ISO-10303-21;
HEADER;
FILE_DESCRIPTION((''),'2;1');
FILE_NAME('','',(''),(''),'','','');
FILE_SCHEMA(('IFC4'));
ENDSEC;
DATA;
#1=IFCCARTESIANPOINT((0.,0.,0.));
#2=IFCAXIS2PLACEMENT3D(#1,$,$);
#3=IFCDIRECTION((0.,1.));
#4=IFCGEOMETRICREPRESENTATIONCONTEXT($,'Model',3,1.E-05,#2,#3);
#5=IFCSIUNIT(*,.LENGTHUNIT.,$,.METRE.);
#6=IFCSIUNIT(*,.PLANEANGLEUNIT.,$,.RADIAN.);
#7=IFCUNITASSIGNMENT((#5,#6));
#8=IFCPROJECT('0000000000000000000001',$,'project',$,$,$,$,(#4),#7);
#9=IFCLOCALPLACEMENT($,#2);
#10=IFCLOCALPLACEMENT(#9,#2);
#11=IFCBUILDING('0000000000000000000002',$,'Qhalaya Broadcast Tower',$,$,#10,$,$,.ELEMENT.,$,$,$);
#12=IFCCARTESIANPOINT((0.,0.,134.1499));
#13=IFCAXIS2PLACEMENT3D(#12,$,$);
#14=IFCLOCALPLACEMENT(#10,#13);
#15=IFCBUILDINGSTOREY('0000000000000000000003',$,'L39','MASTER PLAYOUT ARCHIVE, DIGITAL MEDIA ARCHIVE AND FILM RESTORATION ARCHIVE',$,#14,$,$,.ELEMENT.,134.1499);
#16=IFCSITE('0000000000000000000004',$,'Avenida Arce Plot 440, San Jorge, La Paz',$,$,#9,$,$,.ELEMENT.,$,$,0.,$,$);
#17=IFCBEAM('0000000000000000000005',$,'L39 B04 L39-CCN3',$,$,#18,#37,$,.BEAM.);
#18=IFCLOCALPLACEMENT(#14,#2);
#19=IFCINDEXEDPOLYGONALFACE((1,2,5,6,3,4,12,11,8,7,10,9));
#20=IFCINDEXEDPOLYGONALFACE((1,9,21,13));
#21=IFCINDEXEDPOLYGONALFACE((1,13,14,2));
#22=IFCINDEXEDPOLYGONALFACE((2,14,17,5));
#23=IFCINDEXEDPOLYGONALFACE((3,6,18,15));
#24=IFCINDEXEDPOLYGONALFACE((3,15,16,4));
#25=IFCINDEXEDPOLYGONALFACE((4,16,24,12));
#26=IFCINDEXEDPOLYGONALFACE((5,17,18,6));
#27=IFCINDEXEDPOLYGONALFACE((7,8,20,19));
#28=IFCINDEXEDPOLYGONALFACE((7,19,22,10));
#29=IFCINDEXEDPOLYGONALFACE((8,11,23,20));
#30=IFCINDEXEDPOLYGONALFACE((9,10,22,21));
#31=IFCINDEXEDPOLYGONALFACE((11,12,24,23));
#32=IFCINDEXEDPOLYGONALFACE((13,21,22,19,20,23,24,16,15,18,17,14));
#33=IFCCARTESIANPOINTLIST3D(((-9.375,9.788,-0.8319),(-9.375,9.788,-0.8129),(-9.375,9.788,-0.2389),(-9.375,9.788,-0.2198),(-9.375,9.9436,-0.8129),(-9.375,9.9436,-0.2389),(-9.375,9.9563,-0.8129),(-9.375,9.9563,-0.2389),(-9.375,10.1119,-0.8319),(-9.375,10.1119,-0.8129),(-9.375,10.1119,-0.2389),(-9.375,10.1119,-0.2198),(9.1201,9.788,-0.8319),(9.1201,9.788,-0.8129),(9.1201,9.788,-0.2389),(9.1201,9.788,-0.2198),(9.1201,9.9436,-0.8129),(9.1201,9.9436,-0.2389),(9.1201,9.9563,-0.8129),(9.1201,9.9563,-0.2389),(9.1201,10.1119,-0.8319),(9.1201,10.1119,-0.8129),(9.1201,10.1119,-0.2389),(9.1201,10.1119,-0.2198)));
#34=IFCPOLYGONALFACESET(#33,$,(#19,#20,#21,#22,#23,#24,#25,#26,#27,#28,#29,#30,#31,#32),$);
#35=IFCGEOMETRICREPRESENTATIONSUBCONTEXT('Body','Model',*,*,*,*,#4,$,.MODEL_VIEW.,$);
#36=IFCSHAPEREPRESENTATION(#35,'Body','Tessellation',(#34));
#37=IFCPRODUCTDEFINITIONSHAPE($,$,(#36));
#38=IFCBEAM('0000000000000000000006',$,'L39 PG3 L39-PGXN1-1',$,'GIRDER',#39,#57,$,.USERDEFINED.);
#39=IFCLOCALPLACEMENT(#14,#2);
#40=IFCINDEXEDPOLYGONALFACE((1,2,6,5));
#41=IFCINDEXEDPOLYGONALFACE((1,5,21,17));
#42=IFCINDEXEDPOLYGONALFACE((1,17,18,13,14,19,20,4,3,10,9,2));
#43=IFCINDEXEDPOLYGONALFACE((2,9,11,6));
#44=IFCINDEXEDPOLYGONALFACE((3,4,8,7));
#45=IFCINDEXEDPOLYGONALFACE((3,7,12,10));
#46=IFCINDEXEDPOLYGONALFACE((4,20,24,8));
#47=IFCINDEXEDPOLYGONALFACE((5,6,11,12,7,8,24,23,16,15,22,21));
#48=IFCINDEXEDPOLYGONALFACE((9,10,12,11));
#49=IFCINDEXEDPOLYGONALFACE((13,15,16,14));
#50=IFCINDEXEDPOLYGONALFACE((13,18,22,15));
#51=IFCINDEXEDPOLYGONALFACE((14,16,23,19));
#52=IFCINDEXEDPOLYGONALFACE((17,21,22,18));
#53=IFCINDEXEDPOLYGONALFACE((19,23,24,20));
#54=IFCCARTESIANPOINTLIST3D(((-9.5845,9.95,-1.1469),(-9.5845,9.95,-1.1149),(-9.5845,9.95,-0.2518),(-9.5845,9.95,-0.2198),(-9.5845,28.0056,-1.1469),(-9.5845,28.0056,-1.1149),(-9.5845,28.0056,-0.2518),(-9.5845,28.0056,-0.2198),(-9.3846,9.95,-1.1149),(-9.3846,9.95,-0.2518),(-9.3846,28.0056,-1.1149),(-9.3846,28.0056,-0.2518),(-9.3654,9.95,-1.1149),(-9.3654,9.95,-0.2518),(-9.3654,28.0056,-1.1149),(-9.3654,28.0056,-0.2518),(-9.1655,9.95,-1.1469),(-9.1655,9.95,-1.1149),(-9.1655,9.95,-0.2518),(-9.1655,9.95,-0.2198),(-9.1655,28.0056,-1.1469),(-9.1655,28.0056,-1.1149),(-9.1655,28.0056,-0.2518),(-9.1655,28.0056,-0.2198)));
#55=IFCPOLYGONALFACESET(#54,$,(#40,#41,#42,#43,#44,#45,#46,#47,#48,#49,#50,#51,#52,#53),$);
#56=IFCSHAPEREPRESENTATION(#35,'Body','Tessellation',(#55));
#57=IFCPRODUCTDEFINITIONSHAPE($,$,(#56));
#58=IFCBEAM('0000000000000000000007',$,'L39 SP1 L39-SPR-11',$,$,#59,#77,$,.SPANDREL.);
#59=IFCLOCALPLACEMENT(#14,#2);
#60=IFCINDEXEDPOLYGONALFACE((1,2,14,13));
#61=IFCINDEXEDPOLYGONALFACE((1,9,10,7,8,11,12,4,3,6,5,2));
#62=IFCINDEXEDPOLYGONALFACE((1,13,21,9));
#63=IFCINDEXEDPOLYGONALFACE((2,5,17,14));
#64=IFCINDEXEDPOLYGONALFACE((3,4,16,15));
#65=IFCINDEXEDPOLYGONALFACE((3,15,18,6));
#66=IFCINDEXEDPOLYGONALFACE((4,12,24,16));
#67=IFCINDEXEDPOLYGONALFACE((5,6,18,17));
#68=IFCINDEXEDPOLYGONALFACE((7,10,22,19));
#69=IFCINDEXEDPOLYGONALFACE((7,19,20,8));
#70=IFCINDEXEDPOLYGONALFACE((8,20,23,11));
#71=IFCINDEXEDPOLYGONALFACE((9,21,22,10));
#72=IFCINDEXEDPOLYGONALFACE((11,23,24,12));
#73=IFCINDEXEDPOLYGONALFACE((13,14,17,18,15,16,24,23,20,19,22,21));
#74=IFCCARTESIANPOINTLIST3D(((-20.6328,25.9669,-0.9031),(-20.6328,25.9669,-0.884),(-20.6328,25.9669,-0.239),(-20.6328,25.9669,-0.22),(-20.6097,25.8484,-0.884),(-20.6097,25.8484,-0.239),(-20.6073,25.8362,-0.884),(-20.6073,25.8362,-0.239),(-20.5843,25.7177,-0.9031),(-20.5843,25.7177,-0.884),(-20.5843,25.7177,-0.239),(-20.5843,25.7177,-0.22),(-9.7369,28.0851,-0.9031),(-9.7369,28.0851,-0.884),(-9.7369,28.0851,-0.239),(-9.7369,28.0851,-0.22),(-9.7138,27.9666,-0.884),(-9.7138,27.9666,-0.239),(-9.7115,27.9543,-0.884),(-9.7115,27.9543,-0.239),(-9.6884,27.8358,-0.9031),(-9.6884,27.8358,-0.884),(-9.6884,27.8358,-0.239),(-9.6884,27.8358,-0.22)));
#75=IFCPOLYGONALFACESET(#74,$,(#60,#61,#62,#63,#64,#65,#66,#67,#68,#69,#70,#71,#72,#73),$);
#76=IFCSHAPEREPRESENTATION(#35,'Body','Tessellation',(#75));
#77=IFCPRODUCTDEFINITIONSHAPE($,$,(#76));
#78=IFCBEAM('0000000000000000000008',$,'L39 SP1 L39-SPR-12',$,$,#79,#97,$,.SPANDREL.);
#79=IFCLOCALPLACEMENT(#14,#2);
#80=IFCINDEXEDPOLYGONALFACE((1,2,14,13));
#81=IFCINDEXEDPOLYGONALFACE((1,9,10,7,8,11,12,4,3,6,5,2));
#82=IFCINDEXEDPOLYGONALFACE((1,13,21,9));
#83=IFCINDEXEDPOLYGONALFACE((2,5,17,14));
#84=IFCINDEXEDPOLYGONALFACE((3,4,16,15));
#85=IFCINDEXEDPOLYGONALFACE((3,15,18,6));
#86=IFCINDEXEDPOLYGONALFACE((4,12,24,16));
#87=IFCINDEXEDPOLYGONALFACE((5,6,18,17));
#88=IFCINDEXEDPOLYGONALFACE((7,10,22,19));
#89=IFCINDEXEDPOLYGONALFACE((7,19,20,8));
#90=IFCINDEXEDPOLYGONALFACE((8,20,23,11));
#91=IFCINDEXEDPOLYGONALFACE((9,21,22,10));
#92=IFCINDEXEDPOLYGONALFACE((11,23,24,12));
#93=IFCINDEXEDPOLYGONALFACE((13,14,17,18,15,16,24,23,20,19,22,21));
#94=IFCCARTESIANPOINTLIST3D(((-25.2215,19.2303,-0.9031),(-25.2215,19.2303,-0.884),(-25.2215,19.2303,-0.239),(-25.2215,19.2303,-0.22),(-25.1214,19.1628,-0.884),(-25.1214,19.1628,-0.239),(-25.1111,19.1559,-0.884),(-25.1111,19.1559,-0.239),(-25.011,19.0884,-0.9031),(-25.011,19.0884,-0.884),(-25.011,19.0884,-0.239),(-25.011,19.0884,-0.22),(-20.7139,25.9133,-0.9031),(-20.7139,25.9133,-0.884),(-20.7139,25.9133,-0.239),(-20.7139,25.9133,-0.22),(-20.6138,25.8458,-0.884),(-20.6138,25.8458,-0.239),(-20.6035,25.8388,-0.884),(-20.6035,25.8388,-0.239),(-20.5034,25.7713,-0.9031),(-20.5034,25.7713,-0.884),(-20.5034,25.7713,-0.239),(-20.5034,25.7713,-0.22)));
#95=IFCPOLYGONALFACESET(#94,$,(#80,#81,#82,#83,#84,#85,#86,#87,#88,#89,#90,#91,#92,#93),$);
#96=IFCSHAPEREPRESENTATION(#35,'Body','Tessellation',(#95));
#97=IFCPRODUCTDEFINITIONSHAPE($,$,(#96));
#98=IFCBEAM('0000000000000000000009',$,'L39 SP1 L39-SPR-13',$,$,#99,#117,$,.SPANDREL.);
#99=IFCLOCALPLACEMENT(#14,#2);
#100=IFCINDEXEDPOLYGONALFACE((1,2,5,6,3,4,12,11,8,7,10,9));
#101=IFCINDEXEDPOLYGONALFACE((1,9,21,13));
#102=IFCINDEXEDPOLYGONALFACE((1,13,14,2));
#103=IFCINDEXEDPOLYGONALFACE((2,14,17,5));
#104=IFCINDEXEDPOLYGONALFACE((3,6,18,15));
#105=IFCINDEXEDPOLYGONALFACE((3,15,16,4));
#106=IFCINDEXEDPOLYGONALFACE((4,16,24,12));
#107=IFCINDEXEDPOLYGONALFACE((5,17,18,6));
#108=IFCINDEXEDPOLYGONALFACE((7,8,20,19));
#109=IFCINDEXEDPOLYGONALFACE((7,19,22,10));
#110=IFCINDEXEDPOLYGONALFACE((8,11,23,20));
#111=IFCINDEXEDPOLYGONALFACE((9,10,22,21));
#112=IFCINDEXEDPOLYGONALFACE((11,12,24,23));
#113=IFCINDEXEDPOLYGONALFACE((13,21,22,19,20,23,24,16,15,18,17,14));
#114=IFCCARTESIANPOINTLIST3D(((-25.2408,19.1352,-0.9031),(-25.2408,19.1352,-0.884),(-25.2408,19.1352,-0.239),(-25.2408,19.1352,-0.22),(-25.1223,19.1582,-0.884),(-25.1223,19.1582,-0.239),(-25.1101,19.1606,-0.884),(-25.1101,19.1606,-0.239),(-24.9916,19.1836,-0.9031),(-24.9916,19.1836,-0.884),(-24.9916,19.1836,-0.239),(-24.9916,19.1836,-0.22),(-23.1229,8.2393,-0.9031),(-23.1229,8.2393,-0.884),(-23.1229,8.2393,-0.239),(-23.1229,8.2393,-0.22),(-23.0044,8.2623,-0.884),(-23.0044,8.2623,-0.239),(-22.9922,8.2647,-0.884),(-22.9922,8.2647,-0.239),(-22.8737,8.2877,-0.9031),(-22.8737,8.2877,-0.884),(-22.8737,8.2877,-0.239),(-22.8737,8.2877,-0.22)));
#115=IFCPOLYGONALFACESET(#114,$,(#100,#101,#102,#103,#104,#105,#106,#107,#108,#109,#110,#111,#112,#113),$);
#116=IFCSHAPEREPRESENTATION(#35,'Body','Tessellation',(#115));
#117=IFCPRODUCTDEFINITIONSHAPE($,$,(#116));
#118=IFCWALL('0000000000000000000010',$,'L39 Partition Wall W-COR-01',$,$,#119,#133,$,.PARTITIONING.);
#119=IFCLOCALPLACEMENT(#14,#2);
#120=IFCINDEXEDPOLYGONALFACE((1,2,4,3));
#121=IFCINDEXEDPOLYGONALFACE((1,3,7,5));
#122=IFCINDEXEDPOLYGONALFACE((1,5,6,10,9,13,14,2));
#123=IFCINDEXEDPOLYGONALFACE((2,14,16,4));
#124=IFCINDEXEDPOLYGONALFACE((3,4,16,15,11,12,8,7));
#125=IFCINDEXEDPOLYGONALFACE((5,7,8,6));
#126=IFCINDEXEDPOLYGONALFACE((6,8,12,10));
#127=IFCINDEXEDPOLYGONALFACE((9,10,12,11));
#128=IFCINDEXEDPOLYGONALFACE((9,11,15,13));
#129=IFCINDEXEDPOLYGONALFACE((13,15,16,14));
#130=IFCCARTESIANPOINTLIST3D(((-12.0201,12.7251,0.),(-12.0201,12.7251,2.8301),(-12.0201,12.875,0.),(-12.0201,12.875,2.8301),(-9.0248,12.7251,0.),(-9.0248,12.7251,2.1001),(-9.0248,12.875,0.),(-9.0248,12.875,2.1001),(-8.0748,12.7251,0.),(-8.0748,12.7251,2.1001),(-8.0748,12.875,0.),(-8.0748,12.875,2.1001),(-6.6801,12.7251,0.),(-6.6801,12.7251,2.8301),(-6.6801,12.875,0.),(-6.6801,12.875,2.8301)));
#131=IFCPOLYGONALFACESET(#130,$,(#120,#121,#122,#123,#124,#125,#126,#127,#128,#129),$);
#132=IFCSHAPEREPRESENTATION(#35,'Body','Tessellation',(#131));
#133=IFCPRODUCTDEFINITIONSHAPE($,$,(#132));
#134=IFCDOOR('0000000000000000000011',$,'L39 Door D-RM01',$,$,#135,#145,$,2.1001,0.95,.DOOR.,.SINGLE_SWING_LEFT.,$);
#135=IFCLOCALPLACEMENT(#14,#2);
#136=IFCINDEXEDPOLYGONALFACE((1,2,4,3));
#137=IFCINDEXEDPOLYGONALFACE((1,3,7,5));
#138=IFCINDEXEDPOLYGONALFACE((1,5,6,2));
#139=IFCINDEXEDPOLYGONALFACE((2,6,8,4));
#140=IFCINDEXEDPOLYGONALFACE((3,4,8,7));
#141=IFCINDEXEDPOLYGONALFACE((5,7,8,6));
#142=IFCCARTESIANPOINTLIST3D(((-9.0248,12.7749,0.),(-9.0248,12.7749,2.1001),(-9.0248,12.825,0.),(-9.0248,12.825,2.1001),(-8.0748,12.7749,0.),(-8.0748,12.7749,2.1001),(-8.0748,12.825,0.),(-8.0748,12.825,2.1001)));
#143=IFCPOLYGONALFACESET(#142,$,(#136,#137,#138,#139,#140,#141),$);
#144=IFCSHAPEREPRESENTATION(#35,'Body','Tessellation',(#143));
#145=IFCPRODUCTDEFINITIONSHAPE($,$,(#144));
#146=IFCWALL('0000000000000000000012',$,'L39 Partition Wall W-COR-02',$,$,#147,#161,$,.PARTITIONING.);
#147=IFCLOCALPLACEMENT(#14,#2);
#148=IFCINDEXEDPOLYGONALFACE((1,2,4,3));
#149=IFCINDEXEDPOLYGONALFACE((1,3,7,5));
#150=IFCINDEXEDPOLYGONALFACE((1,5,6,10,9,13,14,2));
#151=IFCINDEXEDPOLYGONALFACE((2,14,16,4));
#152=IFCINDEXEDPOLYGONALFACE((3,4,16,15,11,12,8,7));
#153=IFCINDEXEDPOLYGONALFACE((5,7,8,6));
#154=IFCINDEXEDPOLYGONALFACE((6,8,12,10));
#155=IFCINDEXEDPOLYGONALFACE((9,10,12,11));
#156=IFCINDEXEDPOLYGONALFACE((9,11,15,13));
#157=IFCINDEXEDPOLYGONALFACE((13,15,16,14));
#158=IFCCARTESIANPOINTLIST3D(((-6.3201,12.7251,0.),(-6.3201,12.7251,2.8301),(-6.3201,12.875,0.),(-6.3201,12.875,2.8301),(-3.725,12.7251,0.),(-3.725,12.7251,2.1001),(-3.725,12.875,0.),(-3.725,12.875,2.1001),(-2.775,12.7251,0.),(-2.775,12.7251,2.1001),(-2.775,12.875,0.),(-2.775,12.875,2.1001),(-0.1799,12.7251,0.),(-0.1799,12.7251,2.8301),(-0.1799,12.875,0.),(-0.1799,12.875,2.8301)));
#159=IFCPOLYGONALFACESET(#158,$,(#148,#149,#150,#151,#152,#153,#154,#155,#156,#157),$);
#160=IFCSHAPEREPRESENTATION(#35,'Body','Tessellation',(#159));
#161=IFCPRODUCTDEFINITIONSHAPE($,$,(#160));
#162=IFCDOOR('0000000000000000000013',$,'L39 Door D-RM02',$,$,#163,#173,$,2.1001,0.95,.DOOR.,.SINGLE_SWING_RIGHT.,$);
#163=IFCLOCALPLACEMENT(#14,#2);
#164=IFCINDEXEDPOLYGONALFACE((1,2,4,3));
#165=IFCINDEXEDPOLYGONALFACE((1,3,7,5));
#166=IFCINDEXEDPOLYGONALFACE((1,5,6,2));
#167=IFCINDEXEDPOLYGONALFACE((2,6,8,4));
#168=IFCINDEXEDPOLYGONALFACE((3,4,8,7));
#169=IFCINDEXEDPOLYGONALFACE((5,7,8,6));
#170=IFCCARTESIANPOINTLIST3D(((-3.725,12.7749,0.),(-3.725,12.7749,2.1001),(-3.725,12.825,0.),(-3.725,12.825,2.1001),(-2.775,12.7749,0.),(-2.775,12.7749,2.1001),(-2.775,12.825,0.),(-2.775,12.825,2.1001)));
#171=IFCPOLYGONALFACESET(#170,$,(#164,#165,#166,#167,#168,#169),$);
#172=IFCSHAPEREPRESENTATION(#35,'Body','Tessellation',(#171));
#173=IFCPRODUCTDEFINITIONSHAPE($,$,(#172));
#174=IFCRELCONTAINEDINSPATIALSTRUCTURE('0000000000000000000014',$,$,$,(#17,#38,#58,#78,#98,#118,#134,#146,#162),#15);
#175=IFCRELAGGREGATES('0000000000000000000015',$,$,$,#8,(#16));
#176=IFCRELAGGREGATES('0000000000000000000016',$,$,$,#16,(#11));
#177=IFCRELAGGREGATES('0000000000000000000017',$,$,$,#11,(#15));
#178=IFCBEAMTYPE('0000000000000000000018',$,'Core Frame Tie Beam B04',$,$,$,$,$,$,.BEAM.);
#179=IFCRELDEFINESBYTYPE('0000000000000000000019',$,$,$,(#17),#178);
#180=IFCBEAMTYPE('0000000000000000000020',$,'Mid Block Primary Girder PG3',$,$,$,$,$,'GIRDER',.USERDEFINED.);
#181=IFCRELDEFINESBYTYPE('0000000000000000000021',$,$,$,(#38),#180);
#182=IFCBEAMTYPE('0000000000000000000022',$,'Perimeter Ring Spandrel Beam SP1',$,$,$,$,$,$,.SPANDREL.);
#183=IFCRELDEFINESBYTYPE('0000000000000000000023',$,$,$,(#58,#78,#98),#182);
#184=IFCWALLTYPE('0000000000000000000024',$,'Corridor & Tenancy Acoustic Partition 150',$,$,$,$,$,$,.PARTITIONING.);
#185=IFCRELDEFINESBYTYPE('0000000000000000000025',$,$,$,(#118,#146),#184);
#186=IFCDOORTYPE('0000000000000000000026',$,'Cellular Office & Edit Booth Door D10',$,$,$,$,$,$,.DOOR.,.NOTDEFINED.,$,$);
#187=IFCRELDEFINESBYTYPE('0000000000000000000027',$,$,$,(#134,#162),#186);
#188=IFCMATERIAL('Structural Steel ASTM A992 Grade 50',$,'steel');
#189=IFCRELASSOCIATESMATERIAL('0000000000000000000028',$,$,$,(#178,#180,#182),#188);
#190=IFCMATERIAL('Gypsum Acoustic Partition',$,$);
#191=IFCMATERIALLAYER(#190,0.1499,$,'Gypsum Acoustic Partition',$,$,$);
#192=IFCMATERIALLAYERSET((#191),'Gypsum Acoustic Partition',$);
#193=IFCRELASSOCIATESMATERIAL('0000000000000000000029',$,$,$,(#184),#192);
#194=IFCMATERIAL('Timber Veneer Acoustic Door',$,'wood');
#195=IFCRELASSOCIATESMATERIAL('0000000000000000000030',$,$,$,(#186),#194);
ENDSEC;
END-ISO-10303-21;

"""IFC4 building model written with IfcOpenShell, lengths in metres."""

from ifc_helpers import new_model, si_unit, direction, frame, frame_2d, origin, origin_2d, place, context, subcontext, project, spatial, rectangle, i_section, extrude, material, layer, layer_set, material_profile, profile_set, type_object, element, fill, save


model = new_model("IFC4")

# Units and contexts
model_context = context("Model", 3, precision=1e-05, world=origin(), true_north=direction((0.0, 1.0)))
body_context = subcontext(model_context, "Body", "Model", "MODEL_VIEW")
ifc_project = project(units=[si_unit("LENGTHUNIT", "METRE"), si_unit("PLANEANGLEUNIT", "RADIAN")], contexts=[model_context])

# Site, building, storey
site_placement = place(None, origin())
site = spatial("IfcSite", under=ifc_project, at=site_placement, Name="Avenida Arce Plot 440, San Jorge, La Paz", CompositionType="ELEMENT", RefElevation=0.0)
building_placement = place(site_placement, origin())
building = spatial("IfcBuilding", under=site, at=building_placement, Name="Qhalaya Broadcast Tower", CompositionType="ELEMENT")
storey_placement = place(building_placement, frame((0.0, 0.0, 134.1499)))
storey = spatial("IfcBuildingStorey", under=building, at=storey_placement, Name="L39", Description="MASTER PLAYOUT ARCHIVE, DIGITAL MEDIA ARCHIVE AND FILM RESTORATION ARCHIVE", CompositionType="ELEMENT", Elevation=134.1499)

# Beams
ifc_material_1 = material(Name="Structural Steel ASTM A992 Grade 50", Category="steel")
ifc_material_profile_1 = material_profile(ifc_material_1, i_section(OverallWidth=0.324, OverallDepth=0.6121, WebThickness=0.0127, FlangeThickness=0.019, at=origin_2d()), Name="W24X104")
ifc_profile_set_1 = profile_set([ifc_material_profile_1], Name="Structural Steel ASTM A992 Grade 50")
beam_type_1 = type_object("IfcBeamType", Name="Core Frame Tie Beam B04", PredefinedType="BEAM", material=ifc_profile_set_1)
beam_1_placement = place(storey_placement, frame((-9.375, 9.95, -0.5259), z_axis=(1.0, 0.0, 0.0), x_axis=(0.0, 1.0, 0.0)))
element("IfcBeam", 1, at=beam_1_placement, inside=storey, type_object=beam_type_1, Name="L39 B04 L39-CCN3", PredefinedType="BEAM", context=body_context, shape_type="SweptSolid", body=[
    extrude(i_section(OverallWidth=0.324, OverallDepth=0.6121, WebThickness=0.0127, FlangeThickness=0.019, at=origin_2d()), origin(), (0.0, 0.0, 1.0), 18.4951),
])
ifc_material_profile_2 = material_profile(ifc_material_1, i_section(OverallWidth=0.4189, OverallDepth=0.927, WebThickness=0.0193, FlangeThickness=0.032, at=origin_2d()), Name="W36X231")
ifc_profile_set_2 = profile_set([ifc_material_profile_2], Name="Structural Steel ASTM A992 Grade 50")
beam_type_2 = type_object("IfcBeamType", Name="Mid Block Primary Girder PG3", ElementType="GIRDER", PredefinedType="USERDEFINED", material=ifc_profile_set_2)
beam_2_placement = place(storey_placement, frame((-9.375, 9.95, -0.6833), z_axis=(0.0, 1.0, 0.0), x_axis=(-1.0, 0.0, 0.0)))
element("IfcBeam", 2, at=beam_2_placement, inside=storey, type_object=beam_type_2, Name="L39 PG3 L39-PGXN1-1", ObjectType="GIRDER", PredefinedType="USERDEFINED", context=body_context, shape_type="SweptSolid", body=[
    extrude(i_section(OverallWidth=0.4189, OverallDepth=0.927, WebThickness=0.0193, FlangeThickness=0.032, at=origin_2d()), origin(), (0.0, 0.0, 1.0), 18.0557),
])
ifc_material_profile_3 = material_profile(ifc_material_1, i_section(OverallWidth=0.2539, OverallDepth=0.6831, WebThickness=0.0125, FlangeThickness=0.019, at=origin_2d()), Name="W27X94")
ifc_profile_set_3 = profile_set([ifc_material_profile_3], Name="Structural Steel ASTM A992 Grade 50")
beam_type_3 = type_object("IfcBeamType", Name="Perimeter Ring Spandrel Beam SP1", PredefinedType="SPANDREL", material=ifc_profile_set_3)
beam_3_placement = place(storey_placement, frame((-9.7126, 27.9604, -0.5615), z_axis=(-0.981624, -0.190826, 0.0), x_axis=(0.190826, -0.981624, 0.0)))
element("IfcBeam", 3, at=beam_3_placement, inside=storey, type_object=beam_type_3, Name="L39 SP1 L39-SPR-11", PredefinedType="SPANDREL", context=body_context, shape_type="SweptSolid", body=[
    extrude(i_section(OverallWidth=0.2539, OverallDepth=0.6831, WebThickness=0.0125, FlangeThickness=0.019, at=origin_2d()), origin(), (0.0, 0.0, 1.0), 11.0999),
])
beam_4_placement = place(storey_placement, frame((-20.6086, 25.8423, -0.5615), z_axis=(-0.559186, -0.829042, 0.0), x_axis=(0.829042, -0.559186, 0.0)))
element("IfcBeam", 4, at=beam_4_placement, inside=storey, type_object=beam_type_3, Name="L39 SP1 L39-SPR-12", PredefinedType="SPANDREL", context=body_context, shape_type="SweptSolid", body=[
    extrude(i_section(OverallWidth=0.2539, OverallDepth=0.6831, WebThickness=0.0125, FlangeThickness=0.019, at=origin_2d()), origin(), (0.0, 0.0, 1.0), 8.061),
])
beam_5_placement = place(storey_placement, frame((-25.1162, 19.1594, -0.5615), z_axis=(0.190805, -0.981628, 0.0), x_axis=(0.981628, 0.190805, 0.0)))
element("IfcBeam", 5, at=beam_5_placement, inside=storey, type_object=beam_type_3, Name="L39 SP1 L39-SPR-13", PredefinedType="SPANDREL", context=body_context, shape_type="SweptSolid", body=[
    extrude(i_section(OverallWidth=0.2539, OverallDepth=0.6831, WebThickness=0.0125, FlangeThickness=0.019, at=origin_2d()), origin(), (0.0, 0.0, 1.0), 11.0999),
])

# Walls, openings, doors
ifc_material_2 = material(Name="Gypsum Acoustic Partition")
ifc_layer_1 = layer(ifc_material_2, 0.1499, Name="Gypsum Acoustic Partition")
ifc_layer_set_1 = layer_set([ifc_layer_1], Name="Gypsum Acoustic Partition")
wall_type_1 = type_object("IfcWallType", Name="Corridor & Tenancy Acoustic Partition 150", PredefinedType="PARTITIONING", material=ifc_layer_set_1)
wall_1_placement = place(storey_placement, frame((-12.02, 12.8, 0.0), z_axis=(0.0, 0.0, 1.0), x_axis=(1.0, 0.0, 0.0)))
wall_1 = element("IfcWall", 6, at=wall_1_placement, inside=storey, type_object=wall_type_1, Name="L39 Partition Wall W-COR-01", PredefinedType="PARTITIONING", context=body_context, shape_type="SweptSolid", body=[
    extrude(rectangle(XDim=5.3401, YDim=0.1499, at=frame_2d((2.6699, 0.0))), origin(), (0.0, 0.0, 1.0), 2.8301),
])
opening_1_placement = place(wall_1_placement, frame((2.9951, 0.0, 0.0)))
opening_1 = element("IfcOpeningElement", 7, at=opening_1_placement, cuts=wall_1, PredefinedType="OPENING", context=body_context, shape_type="SweptSolid", body=[
    extrude(rectangle(XDim=0.95, YDim=2.1001, at=frame_2d((0.4751, 1.05))), frame((0.0, 0.0869, 0.0), z_axis=(0.0, -1.0, 0.0), x_axis=(1.0, 0.0, 0.0)), (0.0, 0.0, 1.0), 0.1738),
])
ifc_material_3 = material(Name="Timber Veneer Acoustic Door", Category="wood")
door_type = type_object("IfcDoorType", Name="Cellular Office & Edit Booth Door D10", OperationType="NOTDEFINED", PredefinedType="DOOR", material=ifc_material_3)
door_1_placement = place(opening_1_placement, origin())
door_1 = element("IfcDoor", 8, at=door_1_placement, inside=storey, type_object=door_type, Name="L39 Door D-RM01", OperationType="SINGLE_SWING_LEFT", OverallHeight=2.1001, OverallWidth=0.95, PredefinedType="DOOR", context=body_context, shape_type="SweptSolid", body=[
    extrude(rectangle(XDim=0.95, YDim=2.1001, at=frame_2d((0.4751, 1.05))), frame((0.0, 0.0249, 0.0), z_axis=(0.0, -1.0, 0.0), x_axis=(1.0, 0.0, 0.0)), (0.0, 0.0, 1.0), 0.05),
])
fill(opening_1, door_1)
wall_2_placement = place(storey_placement, frame((-6.3201, 12.8, 0.0), z_axis=(0.0, 0.0, 1.0), x_axis=(1.0, 0.0, 0.0)))
wall_2 = element("IfcWall", 9, at=wall_2_placement, inside=storey, type_object=wall_type_1, Name="L39 Partition Wall W-COR-02", PredefinedType="PARTITIONING", context=body_context, shape_type="SweptSolid", body=[
    extrude(rectangle(XDim=6.1401, YDim=0.1499, at=frame_2d((3.0701, 0.0))), origin(), (0.0, 0.0, 1.0), 2.8301),
])
opening_2_placement = place(wall_2_placement, frame((2.595, 0.0, 0.0)))
opening_2 = element("IfcOpeningElement", 10, at=opening_2_placement, cuts=wall_2, PredefinedType="OPENING", context=body_context, shape_type="SweptSolid", body=[
    extrude(rectangle(XDim=0.95, YDim=2.1001, at=frame_2d((0.4751, 1.05))), frame((0.0, 0.0869, 0.0), z_axis=(0.0, -1.0, 0.0), x_axis=(1.0, 0.0, 0.0)), (0.0, 0.0, 1.0), 0.1738),
])
door_2_placement = place(opening_2_placement, origin())
door_2 = element("IfcDoor", 11, at=door_2_placement, inside=storey, type_object=door_type, Name="L39 Door D-RM02", OperationType="SINGLE_SWING_RIGHT", OverallHeight=2.1001, OverallWidth=0.95, PredefinedType="DOOR", context=body_context, shape_type="SweptSolid", body=[
    extrude(rectangle(XDim=0.95, YDim=2.1001, at=frame_2d((0.4751, 1.05))), frame((0.0, 0.0249, 0.0), z_axis=(0.0, -1.0, 0.0), x_axis=(1.0, 0.0, 0.0)), (0.0, 0.0, 1.0), 0.05),
])
fill(opening_2, door_2)

save(model, "model.ifc")
